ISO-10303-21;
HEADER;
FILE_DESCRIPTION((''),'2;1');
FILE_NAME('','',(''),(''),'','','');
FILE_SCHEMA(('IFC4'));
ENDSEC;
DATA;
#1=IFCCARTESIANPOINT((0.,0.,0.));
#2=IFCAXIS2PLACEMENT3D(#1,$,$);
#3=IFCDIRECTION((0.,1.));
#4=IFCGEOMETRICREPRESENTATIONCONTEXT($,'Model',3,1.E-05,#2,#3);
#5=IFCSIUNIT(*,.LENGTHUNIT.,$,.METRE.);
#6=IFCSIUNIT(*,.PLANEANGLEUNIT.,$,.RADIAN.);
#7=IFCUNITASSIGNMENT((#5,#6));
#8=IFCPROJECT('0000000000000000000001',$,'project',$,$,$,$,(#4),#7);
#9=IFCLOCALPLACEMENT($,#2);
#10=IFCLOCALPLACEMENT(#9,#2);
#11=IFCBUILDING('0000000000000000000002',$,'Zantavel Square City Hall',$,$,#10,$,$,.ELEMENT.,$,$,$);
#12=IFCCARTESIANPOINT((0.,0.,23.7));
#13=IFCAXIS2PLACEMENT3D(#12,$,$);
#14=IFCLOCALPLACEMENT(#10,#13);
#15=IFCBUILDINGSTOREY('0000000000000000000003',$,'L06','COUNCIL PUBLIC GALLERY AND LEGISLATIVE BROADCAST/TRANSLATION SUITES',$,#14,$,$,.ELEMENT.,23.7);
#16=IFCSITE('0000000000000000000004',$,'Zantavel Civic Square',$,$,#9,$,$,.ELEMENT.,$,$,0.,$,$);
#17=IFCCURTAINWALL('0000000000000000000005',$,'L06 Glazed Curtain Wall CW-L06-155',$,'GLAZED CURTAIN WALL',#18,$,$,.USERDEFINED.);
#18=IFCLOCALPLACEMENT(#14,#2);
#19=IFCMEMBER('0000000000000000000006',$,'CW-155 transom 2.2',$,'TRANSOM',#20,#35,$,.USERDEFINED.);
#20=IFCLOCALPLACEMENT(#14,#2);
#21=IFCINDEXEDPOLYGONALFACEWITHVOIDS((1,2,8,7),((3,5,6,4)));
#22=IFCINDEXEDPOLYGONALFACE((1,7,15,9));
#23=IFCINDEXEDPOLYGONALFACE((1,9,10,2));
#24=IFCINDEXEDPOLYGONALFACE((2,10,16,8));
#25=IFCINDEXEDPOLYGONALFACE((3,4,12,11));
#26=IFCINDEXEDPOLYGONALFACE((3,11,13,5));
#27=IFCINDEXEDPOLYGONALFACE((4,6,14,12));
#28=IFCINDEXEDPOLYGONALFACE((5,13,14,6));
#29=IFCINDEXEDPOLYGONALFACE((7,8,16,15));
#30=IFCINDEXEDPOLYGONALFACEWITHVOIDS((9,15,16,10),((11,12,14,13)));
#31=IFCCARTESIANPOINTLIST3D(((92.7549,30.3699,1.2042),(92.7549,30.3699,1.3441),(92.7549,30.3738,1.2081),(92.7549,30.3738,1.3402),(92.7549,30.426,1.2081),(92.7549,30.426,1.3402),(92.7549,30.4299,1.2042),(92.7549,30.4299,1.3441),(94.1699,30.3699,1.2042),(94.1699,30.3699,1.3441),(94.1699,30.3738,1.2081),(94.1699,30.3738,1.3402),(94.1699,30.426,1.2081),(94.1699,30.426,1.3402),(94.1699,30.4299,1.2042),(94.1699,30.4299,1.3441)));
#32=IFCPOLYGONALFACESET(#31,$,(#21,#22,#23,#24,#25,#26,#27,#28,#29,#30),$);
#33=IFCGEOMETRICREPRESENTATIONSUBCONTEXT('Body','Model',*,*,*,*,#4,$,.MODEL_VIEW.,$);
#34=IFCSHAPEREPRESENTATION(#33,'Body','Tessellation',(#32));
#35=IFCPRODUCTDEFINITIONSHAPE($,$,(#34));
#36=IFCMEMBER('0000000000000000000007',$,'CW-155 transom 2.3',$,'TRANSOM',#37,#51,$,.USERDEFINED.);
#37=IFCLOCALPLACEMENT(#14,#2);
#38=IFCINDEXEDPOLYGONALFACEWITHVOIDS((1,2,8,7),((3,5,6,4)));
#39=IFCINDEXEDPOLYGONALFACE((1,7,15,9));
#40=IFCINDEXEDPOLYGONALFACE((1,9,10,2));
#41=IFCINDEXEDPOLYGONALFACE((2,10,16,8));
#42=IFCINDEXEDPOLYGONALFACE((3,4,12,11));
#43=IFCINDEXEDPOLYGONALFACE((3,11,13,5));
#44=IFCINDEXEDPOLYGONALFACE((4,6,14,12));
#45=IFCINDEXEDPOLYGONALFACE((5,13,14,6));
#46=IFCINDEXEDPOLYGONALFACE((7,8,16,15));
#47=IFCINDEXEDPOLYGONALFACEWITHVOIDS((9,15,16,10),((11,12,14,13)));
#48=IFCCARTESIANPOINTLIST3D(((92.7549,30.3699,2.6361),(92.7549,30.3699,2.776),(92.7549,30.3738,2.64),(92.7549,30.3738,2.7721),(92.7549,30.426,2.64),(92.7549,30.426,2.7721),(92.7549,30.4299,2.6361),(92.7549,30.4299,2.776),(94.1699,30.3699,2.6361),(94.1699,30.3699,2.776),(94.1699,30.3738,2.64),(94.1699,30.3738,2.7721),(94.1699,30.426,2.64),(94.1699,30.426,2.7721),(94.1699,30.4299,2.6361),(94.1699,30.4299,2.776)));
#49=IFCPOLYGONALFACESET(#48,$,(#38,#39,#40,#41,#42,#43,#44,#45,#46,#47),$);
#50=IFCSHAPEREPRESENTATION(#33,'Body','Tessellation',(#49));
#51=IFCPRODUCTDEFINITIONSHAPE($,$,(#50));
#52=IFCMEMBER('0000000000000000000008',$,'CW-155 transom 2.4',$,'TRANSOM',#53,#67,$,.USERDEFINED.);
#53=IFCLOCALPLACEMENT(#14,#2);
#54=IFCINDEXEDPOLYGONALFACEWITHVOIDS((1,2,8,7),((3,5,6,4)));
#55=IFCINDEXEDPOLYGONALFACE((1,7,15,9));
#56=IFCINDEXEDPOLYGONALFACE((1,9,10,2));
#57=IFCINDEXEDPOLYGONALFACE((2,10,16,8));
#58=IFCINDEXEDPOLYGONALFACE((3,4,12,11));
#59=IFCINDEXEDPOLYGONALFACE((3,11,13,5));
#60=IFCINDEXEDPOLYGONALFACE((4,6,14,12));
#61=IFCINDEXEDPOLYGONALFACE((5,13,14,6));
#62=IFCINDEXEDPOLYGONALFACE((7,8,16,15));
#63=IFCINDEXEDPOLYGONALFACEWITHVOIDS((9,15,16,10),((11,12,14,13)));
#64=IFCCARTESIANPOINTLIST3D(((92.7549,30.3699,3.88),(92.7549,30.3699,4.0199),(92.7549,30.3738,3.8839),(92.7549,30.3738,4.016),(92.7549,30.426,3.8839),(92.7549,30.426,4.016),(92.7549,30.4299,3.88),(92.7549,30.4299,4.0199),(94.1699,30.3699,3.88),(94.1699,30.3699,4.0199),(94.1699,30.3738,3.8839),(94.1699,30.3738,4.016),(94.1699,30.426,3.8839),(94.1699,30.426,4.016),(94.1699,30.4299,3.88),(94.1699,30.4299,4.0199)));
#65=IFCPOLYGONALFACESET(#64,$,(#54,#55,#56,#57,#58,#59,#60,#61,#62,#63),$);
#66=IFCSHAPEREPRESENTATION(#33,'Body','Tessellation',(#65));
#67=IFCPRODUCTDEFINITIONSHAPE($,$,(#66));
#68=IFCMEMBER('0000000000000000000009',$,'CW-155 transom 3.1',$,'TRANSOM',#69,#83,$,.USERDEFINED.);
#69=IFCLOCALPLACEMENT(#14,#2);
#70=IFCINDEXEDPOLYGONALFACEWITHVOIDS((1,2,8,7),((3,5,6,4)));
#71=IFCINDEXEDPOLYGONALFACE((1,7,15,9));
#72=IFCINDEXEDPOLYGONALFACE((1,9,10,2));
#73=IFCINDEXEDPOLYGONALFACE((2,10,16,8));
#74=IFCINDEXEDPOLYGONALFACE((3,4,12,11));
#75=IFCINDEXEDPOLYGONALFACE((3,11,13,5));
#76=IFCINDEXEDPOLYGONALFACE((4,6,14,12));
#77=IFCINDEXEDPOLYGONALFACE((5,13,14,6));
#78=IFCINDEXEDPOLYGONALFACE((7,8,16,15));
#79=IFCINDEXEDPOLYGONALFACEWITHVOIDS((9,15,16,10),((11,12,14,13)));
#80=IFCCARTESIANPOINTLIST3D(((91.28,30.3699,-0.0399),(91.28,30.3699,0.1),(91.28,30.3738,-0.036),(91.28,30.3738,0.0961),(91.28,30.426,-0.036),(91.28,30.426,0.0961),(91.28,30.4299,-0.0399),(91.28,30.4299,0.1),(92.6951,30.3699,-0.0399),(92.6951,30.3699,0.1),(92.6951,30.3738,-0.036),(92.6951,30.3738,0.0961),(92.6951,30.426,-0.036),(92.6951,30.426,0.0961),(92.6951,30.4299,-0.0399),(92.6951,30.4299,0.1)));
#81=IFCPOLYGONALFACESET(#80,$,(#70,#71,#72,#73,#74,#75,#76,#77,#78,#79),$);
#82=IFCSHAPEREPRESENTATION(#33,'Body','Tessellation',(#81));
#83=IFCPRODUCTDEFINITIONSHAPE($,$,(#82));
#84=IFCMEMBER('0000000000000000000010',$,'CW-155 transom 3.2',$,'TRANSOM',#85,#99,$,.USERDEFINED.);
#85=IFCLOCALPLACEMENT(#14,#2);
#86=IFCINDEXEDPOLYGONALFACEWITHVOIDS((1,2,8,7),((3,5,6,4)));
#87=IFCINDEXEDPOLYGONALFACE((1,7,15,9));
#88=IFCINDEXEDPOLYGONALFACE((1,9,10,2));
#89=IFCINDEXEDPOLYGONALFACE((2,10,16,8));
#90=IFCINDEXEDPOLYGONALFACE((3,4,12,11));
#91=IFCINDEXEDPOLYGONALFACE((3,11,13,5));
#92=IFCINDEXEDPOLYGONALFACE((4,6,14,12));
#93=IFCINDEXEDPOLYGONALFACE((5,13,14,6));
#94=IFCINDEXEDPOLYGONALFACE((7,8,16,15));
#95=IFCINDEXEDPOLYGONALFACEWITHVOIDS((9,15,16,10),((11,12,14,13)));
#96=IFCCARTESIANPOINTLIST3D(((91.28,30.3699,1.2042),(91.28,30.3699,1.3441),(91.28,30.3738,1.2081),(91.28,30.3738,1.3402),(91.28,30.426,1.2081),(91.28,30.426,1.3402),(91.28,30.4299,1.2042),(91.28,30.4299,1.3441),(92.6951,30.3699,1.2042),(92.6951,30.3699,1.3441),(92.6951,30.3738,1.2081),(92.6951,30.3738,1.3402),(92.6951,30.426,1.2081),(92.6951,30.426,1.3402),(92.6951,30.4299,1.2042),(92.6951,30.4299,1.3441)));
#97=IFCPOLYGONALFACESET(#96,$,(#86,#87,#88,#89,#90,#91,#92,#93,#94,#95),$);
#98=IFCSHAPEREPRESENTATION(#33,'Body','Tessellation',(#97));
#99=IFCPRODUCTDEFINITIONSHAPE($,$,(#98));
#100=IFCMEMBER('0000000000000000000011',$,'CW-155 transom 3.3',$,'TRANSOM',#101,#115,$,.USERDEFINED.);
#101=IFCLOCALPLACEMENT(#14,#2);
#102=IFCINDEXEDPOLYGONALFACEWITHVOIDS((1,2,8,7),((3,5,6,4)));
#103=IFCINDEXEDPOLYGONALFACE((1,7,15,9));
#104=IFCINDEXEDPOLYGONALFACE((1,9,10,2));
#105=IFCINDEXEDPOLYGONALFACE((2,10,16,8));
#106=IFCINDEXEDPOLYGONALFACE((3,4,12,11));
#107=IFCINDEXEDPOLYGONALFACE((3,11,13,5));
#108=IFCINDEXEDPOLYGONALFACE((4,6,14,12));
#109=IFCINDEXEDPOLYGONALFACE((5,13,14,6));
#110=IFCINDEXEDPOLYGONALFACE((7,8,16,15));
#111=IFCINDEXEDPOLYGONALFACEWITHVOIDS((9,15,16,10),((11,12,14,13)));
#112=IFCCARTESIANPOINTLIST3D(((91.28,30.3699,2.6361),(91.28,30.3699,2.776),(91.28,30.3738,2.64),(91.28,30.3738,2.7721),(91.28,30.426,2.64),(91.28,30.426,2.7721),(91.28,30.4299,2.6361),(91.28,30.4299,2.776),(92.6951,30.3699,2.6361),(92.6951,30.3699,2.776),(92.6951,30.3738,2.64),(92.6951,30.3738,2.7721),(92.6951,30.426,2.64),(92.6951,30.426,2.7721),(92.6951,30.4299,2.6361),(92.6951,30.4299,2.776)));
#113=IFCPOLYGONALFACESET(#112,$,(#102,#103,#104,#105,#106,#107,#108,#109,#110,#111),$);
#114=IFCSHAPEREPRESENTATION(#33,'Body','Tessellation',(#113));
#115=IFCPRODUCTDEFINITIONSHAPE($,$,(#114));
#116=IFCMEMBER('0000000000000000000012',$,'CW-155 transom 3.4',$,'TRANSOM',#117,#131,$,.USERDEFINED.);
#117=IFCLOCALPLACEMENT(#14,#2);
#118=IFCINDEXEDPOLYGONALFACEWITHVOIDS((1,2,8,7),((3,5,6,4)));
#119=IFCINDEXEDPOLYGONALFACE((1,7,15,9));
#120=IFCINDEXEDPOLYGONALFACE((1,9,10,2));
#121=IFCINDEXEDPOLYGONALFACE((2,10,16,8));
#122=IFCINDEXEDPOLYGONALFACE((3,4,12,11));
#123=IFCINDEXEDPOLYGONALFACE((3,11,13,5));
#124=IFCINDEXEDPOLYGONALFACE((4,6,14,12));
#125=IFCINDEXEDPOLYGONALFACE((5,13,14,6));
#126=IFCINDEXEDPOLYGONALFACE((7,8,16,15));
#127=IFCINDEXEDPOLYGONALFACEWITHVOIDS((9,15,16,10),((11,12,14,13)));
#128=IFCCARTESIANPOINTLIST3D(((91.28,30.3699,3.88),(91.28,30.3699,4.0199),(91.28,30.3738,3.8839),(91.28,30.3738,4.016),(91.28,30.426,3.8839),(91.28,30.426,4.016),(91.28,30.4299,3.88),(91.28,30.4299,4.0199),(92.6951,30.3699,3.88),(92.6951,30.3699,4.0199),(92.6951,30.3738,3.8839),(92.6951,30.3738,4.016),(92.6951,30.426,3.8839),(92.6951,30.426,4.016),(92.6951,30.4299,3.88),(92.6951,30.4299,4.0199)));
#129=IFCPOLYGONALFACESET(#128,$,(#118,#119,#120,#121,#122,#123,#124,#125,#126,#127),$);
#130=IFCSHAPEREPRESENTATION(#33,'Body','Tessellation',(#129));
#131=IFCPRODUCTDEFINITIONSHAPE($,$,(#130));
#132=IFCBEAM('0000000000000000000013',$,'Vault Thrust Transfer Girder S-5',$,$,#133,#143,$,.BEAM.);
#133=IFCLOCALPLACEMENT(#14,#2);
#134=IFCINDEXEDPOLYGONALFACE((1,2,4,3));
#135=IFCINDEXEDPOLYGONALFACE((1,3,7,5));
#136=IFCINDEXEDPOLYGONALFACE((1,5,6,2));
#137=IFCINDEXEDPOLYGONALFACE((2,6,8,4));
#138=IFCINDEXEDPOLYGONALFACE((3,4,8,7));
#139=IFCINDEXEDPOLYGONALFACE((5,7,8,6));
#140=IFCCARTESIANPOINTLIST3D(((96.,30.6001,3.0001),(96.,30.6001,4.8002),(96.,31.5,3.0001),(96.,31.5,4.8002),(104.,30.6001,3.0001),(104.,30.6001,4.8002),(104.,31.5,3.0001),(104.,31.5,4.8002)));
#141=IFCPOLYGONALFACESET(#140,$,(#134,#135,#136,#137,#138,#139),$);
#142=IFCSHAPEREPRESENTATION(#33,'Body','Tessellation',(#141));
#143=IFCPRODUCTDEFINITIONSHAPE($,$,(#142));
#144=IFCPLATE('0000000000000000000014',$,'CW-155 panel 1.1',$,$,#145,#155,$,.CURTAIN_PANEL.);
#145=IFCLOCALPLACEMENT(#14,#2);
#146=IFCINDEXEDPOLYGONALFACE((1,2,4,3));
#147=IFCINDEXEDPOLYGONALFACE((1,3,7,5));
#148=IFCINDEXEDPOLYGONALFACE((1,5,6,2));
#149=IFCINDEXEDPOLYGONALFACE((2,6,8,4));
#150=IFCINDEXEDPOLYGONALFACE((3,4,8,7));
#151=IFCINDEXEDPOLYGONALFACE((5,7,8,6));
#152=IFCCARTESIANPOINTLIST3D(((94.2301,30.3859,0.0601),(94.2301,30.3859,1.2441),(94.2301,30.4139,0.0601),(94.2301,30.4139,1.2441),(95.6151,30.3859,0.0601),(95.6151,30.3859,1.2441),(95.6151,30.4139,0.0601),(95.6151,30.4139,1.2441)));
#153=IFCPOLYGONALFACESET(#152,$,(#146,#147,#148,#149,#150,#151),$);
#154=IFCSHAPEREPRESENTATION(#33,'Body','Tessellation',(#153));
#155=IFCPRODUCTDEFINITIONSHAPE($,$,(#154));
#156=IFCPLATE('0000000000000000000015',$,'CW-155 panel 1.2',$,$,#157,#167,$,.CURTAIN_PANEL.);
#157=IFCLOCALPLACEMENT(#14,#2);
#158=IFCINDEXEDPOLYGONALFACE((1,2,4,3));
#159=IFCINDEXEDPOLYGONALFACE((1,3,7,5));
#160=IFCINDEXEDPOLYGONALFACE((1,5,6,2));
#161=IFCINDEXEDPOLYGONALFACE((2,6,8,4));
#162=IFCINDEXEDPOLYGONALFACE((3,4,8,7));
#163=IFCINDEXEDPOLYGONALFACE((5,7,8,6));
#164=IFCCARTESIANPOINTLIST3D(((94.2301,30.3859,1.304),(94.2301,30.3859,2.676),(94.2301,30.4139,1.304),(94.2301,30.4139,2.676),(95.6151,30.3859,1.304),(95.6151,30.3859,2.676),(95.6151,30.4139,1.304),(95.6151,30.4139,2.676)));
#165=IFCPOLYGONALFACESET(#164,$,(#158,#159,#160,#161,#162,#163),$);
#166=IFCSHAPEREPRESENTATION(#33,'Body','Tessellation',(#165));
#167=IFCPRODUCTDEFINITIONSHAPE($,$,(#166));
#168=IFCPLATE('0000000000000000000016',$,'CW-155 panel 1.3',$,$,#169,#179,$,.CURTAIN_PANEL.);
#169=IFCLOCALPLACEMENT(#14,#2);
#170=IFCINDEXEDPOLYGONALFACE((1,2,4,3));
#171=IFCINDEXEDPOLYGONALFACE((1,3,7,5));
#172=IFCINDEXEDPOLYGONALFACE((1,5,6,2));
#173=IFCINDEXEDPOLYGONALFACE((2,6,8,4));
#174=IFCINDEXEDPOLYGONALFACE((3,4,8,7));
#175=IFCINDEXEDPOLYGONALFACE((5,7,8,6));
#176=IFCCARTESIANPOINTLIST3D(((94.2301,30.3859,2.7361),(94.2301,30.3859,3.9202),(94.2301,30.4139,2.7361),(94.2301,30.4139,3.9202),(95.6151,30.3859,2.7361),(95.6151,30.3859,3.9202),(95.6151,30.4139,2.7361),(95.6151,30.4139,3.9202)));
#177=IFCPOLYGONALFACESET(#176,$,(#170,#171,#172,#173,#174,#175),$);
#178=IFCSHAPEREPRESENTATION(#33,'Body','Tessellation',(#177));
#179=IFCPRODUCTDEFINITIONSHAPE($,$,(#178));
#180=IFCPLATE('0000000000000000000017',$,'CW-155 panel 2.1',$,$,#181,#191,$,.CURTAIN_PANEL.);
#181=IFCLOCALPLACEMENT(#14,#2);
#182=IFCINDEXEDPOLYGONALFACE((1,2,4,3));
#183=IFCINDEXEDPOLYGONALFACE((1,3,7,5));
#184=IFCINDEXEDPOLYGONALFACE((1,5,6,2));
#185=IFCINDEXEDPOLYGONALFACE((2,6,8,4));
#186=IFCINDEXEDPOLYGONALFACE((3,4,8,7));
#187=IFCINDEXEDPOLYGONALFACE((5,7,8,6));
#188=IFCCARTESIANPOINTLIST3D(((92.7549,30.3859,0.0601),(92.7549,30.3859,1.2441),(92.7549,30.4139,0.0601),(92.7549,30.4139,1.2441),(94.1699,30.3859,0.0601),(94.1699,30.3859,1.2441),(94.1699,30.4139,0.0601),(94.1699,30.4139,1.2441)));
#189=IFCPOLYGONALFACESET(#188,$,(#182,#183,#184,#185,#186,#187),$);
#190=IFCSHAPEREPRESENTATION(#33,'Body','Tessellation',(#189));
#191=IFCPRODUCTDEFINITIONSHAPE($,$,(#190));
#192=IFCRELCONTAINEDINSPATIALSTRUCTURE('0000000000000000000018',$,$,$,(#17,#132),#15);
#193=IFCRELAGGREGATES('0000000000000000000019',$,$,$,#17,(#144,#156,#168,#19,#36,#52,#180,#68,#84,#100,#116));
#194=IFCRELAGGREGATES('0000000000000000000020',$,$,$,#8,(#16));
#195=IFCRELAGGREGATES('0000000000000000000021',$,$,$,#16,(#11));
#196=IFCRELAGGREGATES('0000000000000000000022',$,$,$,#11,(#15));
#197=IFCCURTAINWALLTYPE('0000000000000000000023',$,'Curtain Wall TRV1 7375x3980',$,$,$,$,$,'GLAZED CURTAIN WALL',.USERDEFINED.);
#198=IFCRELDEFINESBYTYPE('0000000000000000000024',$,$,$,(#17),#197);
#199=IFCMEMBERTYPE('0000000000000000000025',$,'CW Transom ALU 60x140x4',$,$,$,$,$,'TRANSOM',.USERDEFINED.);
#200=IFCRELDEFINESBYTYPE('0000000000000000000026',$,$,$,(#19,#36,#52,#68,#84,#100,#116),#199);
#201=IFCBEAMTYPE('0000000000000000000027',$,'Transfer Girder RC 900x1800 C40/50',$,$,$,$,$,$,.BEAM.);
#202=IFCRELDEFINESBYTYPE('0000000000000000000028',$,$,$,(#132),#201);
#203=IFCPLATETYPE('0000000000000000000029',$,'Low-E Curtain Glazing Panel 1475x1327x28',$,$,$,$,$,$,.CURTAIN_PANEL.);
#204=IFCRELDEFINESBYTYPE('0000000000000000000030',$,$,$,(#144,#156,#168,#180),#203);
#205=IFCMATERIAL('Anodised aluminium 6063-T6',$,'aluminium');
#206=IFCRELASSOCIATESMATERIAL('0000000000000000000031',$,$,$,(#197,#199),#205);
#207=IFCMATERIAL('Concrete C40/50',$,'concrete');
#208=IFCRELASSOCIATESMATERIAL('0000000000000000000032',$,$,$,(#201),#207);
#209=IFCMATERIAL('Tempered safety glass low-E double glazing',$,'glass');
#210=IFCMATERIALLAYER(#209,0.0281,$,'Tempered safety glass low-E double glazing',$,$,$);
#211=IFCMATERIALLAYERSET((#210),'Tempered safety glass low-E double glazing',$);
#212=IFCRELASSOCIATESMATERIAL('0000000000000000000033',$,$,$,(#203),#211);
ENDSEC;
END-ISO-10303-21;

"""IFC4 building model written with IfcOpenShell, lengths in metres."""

from ifc_helpers import new_model, si_unit, direction, frame, origin, origin_2d, place, context, subcontext, project, spatial, rectangle, hollow_rectangle, extrude, material, layer, layer_set, material_profile, profile_set, type_object, element, aggregate, save


model = new_model("IFC4")

# Units and contexts
model_context = context("Model", 3, precision=1e-05, world=origin(), true_north=direction((0.0, 1.0)))
body_context = subcontext(model_context, "Body", "Model", "MODEL_VIEW")
ifc_project = project(units=[si_unit("LENGTHUNIT", "METRE"), si_unit("PLANEANGLEUNIT", "RADIAN")], contexts=[model_context])

# Site, building, storey
site_placement = place(None, origin())
site = spatial("IfcSite", under=ifc_project, at=site_placement, Name="Zantavel Civic Square", CompositionType="ELEMENT", RefElevation=0.0)
building_placement = place(site_placement, origin())
building = spatial("IfcBuilding", under=site, at=building_placement, Name="Zantavel Square City Hall", CompositionType="ELEMENT")
storey_placement = place(building_placement, frame((0.0, 0.0, 23.7)))
storey = spatial("IfcBuildingStorey", under=building, at=storey_placement, Name="L06", Description="COUNCIL PUBLIC GALLERY AND LEGISLATIVE BROADCAST/TRANSLATION SUITES", CompositionType="ELEMENT", Elevation=23.7)

# Shared definitions
ifc_material_1 = material(Name="Concrete C40/50", Category="concrete")

# Curtain wall, members
ifc_material_2 = material(Name="Anodised aluminium 6063-T6", Category="aluminium")
curtain_wall_type = type_object("IfcCurtainWallType", Name="Curtain Wall TRV1 7375x3980", ElementType="GLAZED CURTAIN WALL", PredefinedType="USERDEFINED", material=ifc_material_2)
curtain_wall_placement = place(storey_placement, origin())
curtain_wall = element("IfcCurtainWall", 1, at=curtain_wall_placement, inside=storey, type_object=curtain_wall_type, Name="L06 Glazed Curtain Wall CW-L06-155", ObjectType="GLAZED CURTAIN WALL", PredefinedType="USERDEFINED")
ifc_material_profile_1 = material_profile(ifc_material_2, hollow_rectangle(XDim=0.0601, YDim=0.1399, WallThickness=0.0039, at=origin_2d()), Name="ALU 60x140x4")
ifc_profile_set_1 = profile_set([ifc_material_profile_1], Name="Anodised aluminium 6063-T6")
member_type_1 = type_object("IfcMemberType", Name="CW Transom ALU 60x140x4", ElementType="TRANSOM", PredefinedType="USERDEFINED", material=ifc_profile_set_1)
member_1_placement = place(storey_placement, frame((94.1699, 30.3999, 1.2742), z_axis=(-1.0, 0.0, 0.0), x_axis=(0.0, -1.0, 0.0)))
member_1 = element("IfcMember", 2, at=member_1_placement, type_object=member_type_1, Name="CW-155 transom 2.2", ObjectType="TRANSOM", PredefinedType="USERDEFINED", context=body_context, shape_type="SweptSolid", body=[
    extrude(hollow_rectangle(XDim=0.0601, YDim=0.1399, WallThickness=0.0039, at=origin_2d()), origin(), (0.0, 0.0, 1.0), 1.415),
])
member_2_placement = place(storey_placement, frame((94.1699, 30.3999, 2.7061), z_axis=(-1.0, 0.0, 0.0), x_axis=(0.0, -1.0, 0.0)))
member_2 = element("IfcMember", 3, at=member_2_placement, type_object=member_type_1, Name="CW-155 transom 2.3", ObjectType="TRANSOM", PredefinedType="USERDEFINED", context=body_context, shape_type="SweptSolid", body=[
    extrude(hollow_rectangle(XDim=0.0601, YDim=0.1399, WallThickness=0.0039, at=origin_2d()), origin(), (0.0, 0.0, 1.0), 1.415),
])
member_3_placement = place(storey_placement, frame((94.1699, 30.3999, 3.95), z_axis=(-1.0, 0.0, 0.0), x_axis=(0.0, -1.0, 0.0)))
member_3 = element("IfcMember", 4, at=member_3_placement, type_object=member_type_1, Name="CW-155 transom 2.4", ObjectType="TRANSOM", PredefinedType="USERDEFINED", context=body_context, shape_type="SweptSolid", body=[
    extrude(hollow_rectangle(XDim=0.0601, YDim=0.1399, WallThickness=0.0039, at=origin_2d()), origin(), (0.0, 0.0, 1.0), 1.415),
])
member_4_placement = place(storey_placement, frame((92.6951, 30.3999, 0.03), z_axis=(-1.0, 0.0, 0.0), x_axis=(0.0, -1.0, 0.0)))
member_4 = element("IfcMember", 5, at=member_4_placement, type_object=member_type_1, Name="CW-155 transom 3.1", ObjectType="TRANSOM", PredefinedType="USERDEFINED", context=body_context, shape_type="SweptSolid", body=[
    extrude(hollow_rectangle(XDim=0.0601, YDim=0.1399, WallThickness=0.0039, at=origin_2d()), origin(), (0.0, 0.0, 1.0), 1.415),
])
member_5_placement = place(storey_placement, frame((92.6951, 30.3999, 1.2742), z_axis=(-1.0, 0.0, 0.0), x_axis=(0.0, -1.0, 0.0)))
member_5 = element("IfcMember", 6, at=member_5_placement, type_object=member_type_1, Name="CW-155 transom 3.2", ObjectType="TRANSOM", PredefinedType="USERDEFINED", context=body_context, shape_type="SweptSolid", body=[
    extrude(hollow_rectangle(XDim=0.0601, YDim=0.1399, WallThickness=0.0039, at=origin_2d()), origin(), (0.0, 0.0, 1.0), 1.415),
])
member_6_placement = place(storey_placement, frame((92.6951, 30.3999, 2.7061), z_axis=(-1.0, 0.0, 0.0), x_axis=(0.0, -1.0, 0.0)))
member_6 = element("IfcMember", 7, at=member_6_placement, type_object=member_type_1, Name="CW-155 transom 3.3", ObjectType="TRANSOM", PredefinedType="USERDEFINED", context=body_context, shape_type="SweptSolid", body=[
    extrude(hollow_rectangle(XDim=0.0601, YDim=0.1399, WallThickness=0.0039, at=origin_2d()), origin(), (0.0, 0.0, 1.0), 1.415),
])
member_7_placement = place(storey_placement, frame((92.6951, 30.3999, 3.95), z_axis=(-1.0, 0.0, 0.0), x_axis=(0.0, -1.0, 0.0)))
member_7 = element("IfcMember", 8, at=member_7_placement, type_object=member_type_1, Name="CW-155 transom 3.4", ObjectType="TRANSOM", PredefinedType="USERDEFINED", context=body_context, shape_type="SweptSolid", body=[
    extrude(hollow_rectangle(XDim=0.0601, YDim=0.1399, WallThickness=0.0039, at=origin_2d()), origin(), (0.0, 0.0, 1.0), 1.415),
])

# Beam
ifc_material_profile_2 = material_profile(ifc_material_1, rectangle(XDim=0.8999, YDim=1.8, at=origin_2d()), Name="RC 900x1800")
ifc_profile_set_2 = profile_set([ifc_material_profile_2], Name="Concrete C40/50")
beam_type = type_object("IfcBeamType", Name="Transfer Girder RC 900x1800 C40/50", PredefinedType="BEAM", material=ifc_profile_set_2)
beam_placement = place(storey_placement, frame((96.0, 31.05, 3.9001), z_axis=(1.0, 0.0, 0.0), x_axis=(0.0, 1.0, 0.0)))
element("IfcBeam", 9, at=beam_placement, inside=storey, type_object=beam_type, Name="Vault Thrust Transfer Girder S-5", PredefinedType="BEAM", context=body_context, shape_type="SweptSolid", body=[
    extrude(rectangle(XDim=0.8999, YDim=1.8, at=origin_2d()), origin(), (0.0, 0.0, 1.0), 8.0),
])

# Plates
ifc_material_3 = material(Name="Tempered safety glass low-E double glazing", Category="glass")
ifc_layer = layer(ifc_material_3, 0.0281, Name="Tempered safety glass low-E double glazing")
ifc_layer_set = layer_set([ifc_layer], Name="Tempered safety glass low-E double glazing")
plate_type = type_object("IfcPlateType", Name="Low-E Curtain Glazing Panel 1475x1327x28", PredefinedType="CURTAIN_PANEL", material=ifc_layer_set)
plate_1_placement = place(storey_placement, frame((94.9226, 30.3999, 0.0601), z_axis=(0.0, 0.0, 1.0), x_axis=(-1.0, 0.0, 0.0)))
plate_1 = element("IfcPlate", 10, at=plate_1_placement, type_object=plate_type, Name="CW-155 panel 1.1", PredefinedType="CURTAIN_PANEL", context=body_context, shape_type="SweptSolid", body=[
    extrude(rectangle(XDim=1.385, YDim=0.0281, at=origin_2d()), origin(), (0.0, 0.0, 1.0), 1.1841),
])
plate_2_placement = place(storey_placement, frame((94.9226, 30.3999, 1.304), z_axis=(0.0, 0.0, 1.0), x_axis=(-1.0, 0.0, 0.0)))
plate_2 = element("IfcPlate", 11, at=plate_2_placement, type_object=plate_type, Name="CW-155 panel 1.2", PredefinedType="CURTAIN_PANEL", context=body_context, shape_type="SweptSolid", body=[
    extrude(rectangle(XDim=1.385, YDim=0.0281, at=origin_2d()), origin(), (0.0, 0.0, 1.0), 1.3721),
])
plate_3_placement = place(storey_placement, frame((94.9226, 30.3999, 2.7361), z_axis=(0.0, 0.0, 1.0), x_axis=(-1.0, 0.0, 0.0)))
plate_3 = element("IfcPlate", 12, at=plate_3_placement, type_object=plate_type, Name="CW-155 panel 1.3", PredefinedType="CURTAIN_PANEL", context=body_context, shape_type="SweptSolid", body=[
    extrude(rectangle(XDim=1.385, YDim=0.0281, at=origin_2d()), origin(), (0.0, 0.0, 1.0), 1.1841),
])
plate_4_placement = place(storey_placement, frame((93.4624, 30.3999, 0.0601), z_axis=(0.0, 0.0, 1.0), x_axis=(-1.0, 0.0, 0.0)))
plate_4 = element("IfcPlate", 13, at=plate_4_placement, type_object=plate_type, Name="CW-155 panel 2.1", PredefinedType="CURTAIN_PANEL", context=body_context, shape_type="SweptSolid", body=[
    extrude(rectangle(XDim=1.415, YDim=0.0281, at=origin_2d()), origin(), (0.0, 0.0, 1.0), 1.1841),
])
aggregate(curtain_wall, [plate_1, plate_2, plate_3, member_1, member_2, member_3, plate_4, member_4, member_5, member_6, member_7])

save(model, "model.ifc")
